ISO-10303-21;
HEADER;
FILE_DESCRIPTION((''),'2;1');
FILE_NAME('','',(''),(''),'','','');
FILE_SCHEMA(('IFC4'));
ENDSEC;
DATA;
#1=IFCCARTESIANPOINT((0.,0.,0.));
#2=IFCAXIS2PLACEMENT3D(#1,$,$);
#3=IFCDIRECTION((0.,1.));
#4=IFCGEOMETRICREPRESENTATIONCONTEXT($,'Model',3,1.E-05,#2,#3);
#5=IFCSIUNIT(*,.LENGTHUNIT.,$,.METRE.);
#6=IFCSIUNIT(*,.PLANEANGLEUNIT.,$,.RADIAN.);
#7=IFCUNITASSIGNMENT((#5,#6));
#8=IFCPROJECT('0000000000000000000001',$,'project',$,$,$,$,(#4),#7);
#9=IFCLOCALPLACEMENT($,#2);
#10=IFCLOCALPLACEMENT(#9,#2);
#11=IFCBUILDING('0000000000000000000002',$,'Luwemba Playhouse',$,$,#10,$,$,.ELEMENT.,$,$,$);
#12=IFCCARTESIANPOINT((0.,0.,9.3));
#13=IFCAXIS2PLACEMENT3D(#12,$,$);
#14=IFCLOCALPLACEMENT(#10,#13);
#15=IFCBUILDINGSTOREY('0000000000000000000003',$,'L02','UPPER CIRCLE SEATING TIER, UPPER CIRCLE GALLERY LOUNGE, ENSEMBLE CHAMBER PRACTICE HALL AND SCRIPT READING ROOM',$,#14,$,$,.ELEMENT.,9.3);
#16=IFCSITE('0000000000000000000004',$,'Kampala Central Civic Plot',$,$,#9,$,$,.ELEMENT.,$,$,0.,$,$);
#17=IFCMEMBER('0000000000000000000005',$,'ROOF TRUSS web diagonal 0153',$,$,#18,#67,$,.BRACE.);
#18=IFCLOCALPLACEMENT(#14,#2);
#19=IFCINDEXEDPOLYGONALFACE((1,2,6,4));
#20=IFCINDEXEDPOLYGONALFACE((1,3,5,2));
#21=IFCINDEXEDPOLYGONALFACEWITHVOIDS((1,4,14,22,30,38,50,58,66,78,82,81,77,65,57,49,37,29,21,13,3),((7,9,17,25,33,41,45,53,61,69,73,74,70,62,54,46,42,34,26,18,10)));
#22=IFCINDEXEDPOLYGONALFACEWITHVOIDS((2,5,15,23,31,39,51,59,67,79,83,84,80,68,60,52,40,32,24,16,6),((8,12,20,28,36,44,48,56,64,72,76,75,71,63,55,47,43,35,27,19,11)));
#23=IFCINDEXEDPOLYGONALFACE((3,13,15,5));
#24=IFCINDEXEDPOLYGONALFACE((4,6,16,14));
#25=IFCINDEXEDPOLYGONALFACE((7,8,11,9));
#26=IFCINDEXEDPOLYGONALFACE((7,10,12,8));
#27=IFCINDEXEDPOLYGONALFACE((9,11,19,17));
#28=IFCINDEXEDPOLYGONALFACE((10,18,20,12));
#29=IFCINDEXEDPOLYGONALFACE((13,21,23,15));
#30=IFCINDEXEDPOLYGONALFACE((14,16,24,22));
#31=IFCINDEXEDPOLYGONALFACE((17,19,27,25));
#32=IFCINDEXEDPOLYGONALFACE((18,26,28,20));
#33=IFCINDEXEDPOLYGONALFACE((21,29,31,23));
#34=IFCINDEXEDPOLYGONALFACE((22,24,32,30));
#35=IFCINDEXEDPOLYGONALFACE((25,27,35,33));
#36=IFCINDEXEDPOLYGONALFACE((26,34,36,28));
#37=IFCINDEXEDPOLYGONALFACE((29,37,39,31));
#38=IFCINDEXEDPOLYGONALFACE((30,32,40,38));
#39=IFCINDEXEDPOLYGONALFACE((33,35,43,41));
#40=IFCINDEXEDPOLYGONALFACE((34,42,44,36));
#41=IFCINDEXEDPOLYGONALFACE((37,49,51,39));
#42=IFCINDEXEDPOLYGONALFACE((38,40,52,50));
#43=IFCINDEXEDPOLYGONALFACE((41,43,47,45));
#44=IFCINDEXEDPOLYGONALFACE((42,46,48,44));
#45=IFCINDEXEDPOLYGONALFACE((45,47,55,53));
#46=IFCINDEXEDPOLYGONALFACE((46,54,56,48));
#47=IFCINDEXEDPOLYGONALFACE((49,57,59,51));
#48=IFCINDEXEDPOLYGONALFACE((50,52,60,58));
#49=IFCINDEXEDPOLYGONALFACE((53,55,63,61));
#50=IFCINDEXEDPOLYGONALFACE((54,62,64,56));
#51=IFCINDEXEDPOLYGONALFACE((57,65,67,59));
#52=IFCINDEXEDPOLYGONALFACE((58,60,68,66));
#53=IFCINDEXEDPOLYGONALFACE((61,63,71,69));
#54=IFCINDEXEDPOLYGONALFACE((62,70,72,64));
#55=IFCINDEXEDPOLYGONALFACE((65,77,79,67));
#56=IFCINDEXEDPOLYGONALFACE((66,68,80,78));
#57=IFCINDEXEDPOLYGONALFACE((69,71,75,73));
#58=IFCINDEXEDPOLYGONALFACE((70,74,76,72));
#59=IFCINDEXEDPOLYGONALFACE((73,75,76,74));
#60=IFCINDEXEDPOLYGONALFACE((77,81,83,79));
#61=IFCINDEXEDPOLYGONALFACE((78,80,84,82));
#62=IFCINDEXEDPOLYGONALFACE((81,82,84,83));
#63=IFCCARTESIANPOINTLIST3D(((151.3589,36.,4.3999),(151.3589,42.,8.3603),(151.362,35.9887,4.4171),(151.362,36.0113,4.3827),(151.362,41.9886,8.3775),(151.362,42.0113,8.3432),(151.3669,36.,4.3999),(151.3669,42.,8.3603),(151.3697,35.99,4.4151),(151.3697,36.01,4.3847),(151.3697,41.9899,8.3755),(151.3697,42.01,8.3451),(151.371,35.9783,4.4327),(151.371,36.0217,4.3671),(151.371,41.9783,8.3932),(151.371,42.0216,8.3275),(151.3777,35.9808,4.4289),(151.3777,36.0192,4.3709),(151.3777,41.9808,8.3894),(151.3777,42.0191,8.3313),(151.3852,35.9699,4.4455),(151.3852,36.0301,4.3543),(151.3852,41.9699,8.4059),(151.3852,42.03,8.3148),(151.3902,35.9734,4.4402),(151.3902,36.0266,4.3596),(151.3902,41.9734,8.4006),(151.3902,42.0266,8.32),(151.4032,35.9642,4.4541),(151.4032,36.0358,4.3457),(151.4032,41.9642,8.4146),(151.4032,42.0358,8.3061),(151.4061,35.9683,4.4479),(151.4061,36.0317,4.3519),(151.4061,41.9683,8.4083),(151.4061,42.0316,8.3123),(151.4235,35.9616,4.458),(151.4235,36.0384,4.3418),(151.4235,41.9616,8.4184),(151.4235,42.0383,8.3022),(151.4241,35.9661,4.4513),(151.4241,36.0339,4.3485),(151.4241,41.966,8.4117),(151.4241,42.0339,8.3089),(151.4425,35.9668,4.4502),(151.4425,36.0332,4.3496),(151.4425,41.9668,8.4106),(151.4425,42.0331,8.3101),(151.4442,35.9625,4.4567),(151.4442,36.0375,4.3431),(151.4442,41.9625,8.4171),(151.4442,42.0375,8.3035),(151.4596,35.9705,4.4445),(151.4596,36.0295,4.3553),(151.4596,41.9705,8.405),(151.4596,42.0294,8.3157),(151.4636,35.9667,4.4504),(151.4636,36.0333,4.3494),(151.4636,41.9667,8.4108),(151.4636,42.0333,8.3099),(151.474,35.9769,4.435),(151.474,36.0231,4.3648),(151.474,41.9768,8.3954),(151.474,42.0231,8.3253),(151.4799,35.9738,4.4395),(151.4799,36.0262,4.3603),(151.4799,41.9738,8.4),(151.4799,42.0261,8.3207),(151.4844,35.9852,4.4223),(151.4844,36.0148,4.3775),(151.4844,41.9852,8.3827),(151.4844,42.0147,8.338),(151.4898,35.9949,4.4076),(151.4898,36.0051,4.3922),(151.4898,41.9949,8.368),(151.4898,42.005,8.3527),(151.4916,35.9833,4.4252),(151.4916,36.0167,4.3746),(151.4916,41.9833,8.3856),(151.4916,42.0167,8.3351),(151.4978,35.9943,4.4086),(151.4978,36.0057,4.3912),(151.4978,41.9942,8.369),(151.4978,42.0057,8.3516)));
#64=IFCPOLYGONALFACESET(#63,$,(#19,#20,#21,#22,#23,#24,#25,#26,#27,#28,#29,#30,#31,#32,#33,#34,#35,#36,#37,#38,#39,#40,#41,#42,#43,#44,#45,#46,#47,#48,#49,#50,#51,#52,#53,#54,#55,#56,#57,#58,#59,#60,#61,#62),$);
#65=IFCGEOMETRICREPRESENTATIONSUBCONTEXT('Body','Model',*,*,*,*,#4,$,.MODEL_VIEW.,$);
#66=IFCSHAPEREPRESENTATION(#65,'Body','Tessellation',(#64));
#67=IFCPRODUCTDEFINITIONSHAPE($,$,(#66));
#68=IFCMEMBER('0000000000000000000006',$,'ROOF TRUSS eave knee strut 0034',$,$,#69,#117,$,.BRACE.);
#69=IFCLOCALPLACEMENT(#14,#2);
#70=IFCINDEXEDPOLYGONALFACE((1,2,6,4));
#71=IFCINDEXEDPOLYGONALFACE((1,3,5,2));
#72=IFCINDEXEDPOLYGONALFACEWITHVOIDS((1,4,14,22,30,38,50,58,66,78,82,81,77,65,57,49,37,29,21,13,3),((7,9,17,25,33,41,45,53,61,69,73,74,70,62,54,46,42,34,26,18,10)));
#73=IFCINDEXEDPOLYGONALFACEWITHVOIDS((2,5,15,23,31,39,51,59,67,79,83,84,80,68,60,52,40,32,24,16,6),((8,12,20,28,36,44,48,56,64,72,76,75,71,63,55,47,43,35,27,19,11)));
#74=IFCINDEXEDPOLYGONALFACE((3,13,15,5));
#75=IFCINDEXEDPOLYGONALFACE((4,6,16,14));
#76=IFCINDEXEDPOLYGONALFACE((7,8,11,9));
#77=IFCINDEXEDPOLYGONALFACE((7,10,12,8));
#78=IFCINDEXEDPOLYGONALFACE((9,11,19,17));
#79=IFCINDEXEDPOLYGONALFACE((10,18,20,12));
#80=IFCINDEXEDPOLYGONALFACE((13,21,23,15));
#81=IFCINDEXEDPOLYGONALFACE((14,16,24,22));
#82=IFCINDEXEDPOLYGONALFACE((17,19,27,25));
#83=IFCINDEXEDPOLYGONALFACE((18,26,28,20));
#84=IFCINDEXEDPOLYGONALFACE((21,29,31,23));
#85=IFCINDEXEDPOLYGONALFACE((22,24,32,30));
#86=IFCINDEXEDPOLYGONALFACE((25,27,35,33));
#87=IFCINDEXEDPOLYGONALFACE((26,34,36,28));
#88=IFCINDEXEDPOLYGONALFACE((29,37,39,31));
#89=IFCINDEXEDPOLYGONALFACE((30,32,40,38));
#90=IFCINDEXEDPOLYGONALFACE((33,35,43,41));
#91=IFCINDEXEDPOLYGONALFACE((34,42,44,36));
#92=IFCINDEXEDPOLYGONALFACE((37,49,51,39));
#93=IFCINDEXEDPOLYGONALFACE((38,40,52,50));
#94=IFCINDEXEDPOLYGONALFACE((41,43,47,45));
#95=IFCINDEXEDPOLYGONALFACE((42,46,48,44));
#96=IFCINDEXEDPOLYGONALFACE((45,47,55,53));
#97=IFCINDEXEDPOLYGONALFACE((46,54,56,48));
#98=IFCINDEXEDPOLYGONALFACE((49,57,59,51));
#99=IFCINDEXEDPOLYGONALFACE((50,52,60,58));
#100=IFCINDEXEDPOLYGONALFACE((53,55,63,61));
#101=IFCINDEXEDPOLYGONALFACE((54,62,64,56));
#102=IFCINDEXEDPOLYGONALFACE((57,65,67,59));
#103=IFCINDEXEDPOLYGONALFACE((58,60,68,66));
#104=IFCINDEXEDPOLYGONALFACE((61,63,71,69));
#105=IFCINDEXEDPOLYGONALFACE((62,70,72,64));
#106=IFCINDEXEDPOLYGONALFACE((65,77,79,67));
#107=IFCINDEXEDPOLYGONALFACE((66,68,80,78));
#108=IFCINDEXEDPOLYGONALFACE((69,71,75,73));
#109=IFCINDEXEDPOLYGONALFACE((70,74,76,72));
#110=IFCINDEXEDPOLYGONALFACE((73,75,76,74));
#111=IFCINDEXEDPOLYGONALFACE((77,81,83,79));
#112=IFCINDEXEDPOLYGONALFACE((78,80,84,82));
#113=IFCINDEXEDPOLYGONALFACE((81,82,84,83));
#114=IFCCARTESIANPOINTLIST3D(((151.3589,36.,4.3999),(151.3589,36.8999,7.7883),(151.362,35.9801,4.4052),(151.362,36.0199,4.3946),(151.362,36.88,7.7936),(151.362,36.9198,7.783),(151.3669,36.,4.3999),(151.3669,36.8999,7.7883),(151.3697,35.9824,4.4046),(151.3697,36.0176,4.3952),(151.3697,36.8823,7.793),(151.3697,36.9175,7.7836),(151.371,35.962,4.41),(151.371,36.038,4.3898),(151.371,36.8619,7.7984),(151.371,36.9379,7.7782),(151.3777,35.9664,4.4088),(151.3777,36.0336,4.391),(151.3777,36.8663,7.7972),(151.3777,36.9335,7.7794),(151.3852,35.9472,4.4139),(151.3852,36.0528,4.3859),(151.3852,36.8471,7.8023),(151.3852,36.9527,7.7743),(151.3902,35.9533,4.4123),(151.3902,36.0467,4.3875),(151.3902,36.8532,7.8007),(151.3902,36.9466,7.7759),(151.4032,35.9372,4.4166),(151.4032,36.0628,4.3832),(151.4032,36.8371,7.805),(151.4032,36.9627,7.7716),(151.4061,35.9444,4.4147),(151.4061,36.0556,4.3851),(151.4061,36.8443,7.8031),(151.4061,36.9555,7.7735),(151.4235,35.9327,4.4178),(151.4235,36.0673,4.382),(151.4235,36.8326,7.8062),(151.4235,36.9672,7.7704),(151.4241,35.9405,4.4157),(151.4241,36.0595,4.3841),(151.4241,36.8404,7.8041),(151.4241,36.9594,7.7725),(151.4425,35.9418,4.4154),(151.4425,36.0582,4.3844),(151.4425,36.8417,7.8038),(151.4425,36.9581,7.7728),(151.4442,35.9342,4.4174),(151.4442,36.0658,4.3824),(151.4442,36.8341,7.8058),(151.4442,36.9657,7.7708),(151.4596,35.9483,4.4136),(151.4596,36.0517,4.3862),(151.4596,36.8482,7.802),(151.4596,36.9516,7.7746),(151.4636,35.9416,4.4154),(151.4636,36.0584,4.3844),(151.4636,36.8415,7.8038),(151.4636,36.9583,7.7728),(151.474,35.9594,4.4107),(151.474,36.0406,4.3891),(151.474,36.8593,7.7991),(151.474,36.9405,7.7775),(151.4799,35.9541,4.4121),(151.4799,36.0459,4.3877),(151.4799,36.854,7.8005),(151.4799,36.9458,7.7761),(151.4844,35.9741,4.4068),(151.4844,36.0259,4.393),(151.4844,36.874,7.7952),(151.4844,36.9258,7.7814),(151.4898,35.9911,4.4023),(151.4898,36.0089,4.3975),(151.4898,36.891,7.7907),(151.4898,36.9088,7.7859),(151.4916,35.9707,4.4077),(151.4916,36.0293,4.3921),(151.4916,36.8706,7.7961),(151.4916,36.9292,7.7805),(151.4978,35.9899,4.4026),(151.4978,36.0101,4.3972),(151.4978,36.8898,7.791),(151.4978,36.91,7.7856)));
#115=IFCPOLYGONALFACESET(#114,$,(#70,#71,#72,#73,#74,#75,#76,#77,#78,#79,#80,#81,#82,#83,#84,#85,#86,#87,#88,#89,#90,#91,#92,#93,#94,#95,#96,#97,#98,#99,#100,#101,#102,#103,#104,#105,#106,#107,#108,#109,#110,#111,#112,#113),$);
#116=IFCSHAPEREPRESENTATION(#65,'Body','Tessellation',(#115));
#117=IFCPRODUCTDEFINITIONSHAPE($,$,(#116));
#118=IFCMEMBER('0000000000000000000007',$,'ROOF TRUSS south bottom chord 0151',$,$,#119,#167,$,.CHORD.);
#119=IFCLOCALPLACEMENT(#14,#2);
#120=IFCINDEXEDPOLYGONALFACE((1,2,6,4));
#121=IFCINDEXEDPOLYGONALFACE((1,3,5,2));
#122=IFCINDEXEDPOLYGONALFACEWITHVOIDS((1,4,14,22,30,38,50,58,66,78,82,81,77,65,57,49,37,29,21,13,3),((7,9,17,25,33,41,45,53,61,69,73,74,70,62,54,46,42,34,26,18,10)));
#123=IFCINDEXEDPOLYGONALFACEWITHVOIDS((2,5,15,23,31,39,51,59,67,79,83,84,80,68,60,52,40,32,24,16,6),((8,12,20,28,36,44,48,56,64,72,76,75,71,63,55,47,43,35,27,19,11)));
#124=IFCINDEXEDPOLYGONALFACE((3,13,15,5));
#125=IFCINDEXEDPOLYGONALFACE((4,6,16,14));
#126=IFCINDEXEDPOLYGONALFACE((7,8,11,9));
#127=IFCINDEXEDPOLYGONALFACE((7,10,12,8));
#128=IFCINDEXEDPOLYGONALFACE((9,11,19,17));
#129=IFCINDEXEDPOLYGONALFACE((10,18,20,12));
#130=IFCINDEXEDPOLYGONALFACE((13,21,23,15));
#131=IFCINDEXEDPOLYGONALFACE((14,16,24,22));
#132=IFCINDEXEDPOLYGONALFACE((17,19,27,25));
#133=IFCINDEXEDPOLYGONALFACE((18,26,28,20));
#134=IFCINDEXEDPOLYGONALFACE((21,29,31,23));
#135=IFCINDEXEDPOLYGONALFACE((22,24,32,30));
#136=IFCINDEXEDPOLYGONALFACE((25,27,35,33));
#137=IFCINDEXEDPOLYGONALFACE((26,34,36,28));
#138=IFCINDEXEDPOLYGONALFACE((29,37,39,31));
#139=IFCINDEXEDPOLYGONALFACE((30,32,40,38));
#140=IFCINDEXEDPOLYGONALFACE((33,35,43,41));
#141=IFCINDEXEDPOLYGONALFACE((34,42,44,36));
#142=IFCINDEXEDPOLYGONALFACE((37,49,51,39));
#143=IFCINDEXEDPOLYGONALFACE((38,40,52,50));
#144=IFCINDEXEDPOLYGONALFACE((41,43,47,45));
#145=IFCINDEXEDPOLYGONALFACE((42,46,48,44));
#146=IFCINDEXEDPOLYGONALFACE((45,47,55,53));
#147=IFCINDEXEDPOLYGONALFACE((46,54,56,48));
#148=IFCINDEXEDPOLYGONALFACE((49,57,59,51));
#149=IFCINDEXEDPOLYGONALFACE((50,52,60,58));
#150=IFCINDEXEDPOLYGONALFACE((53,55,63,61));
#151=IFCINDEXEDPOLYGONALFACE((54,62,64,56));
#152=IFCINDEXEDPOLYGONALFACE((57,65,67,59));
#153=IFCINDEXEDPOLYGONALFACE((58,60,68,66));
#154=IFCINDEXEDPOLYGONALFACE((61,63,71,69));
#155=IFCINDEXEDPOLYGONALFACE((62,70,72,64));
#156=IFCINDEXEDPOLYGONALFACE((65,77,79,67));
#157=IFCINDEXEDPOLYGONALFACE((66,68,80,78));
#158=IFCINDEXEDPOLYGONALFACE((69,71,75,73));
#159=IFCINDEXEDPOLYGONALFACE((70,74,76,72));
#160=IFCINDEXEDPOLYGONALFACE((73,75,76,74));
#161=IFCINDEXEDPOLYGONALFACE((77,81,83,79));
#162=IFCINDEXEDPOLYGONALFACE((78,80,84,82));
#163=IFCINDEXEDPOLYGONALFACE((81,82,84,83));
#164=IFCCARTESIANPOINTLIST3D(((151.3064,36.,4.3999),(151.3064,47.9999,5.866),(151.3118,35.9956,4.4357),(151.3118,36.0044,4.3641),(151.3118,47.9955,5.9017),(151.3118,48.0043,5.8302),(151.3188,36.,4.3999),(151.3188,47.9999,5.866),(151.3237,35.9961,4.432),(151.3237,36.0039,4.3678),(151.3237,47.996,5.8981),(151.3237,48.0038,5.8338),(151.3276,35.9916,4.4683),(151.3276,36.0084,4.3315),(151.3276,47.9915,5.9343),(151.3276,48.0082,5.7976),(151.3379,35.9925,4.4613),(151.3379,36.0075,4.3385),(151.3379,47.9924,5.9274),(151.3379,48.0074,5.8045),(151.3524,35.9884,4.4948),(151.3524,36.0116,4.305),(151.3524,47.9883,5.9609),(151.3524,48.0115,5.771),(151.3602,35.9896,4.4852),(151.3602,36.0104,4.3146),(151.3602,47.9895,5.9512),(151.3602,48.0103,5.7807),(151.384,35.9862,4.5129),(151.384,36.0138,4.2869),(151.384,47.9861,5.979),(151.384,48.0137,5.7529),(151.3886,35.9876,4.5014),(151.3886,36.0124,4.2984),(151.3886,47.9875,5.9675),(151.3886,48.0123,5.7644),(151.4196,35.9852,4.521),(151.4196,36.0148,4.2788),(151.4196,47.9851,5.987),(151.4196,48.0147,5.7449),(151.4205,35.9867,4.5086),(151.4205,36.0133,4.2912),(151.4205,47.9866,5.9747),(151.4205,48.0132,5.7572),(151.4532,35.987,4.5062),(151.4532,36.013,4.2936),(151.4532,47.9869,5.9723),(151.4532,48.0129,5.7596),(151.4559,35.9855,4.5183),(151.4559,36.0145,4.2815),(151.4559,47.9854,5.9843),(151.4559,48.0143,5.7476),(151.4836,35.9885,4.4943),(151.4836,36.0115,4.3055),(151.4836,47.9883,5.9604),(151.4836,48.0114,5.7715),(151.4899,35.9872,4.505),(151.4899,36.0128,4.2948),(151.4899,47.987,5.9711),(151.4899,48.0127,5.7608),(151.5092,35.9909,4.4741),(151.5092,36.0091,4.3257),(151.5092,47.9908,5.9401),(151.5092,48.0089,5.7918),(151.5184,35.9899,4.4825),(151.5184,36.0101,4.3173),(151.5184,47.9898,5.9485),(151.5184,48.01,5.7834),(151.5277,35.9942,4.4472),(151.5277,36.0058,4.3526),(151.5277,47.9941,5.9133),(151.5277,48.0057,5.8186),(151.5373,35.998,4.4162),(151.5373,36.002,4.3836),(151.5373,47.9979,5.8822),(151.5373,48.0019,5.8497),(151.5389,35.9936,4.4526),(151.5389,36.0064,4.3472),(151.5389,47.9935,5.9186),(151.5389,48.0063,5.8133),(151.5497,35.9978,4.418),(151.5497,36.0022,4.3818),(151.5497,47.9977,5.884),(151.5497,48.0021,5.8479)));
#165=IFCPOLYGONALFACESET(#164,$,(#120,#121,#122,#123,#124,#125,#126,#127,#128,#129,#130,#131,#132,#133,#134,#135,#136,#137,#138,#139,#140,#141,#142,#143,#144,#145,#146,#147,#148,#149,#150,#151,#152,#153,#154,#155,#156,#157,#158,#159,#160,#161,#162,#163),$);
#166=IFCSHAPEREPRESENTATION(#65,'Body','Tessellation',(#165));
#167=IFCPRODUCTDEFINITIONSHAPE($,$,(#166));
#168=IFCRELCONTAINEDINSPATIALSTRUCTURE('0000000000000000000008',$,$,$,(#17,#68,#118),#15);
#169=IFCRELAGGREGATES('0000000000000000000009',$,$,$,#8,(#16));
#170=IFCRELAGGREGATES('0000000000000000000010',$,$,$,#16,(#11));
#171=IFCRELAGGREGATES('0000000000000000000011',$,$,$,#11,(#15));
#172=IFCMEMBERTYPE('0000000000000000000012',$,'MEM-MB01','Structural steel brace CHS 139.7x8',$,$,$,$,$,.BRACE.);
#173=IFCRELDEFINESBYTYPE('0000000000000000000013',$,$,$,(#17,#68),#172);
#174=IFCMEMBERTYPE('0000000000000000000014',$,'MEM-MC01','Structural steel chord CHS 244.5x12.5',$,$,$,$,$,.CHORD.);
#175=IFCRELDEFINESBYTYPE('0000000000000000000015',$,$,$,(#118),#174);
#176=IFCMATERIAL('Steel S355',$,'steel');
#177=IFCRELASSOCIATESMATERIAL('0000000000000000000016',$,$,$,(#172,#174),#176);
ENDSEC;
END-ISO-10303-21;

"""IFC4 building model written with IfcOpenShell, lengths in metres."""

from ifc_helpers import new_model, si_unit, direction, frame, origin, origin_2d, place, context, subcontext, project, spatial, hollow_circle, extrude, material, material_profile, profile_set, type_object, element, save


model = new_model("IFC4")

# Units and contexts
model_context = context("Model", 3, precision=1e-05, world=origin(), true_north=direction((0.0, 1.0)))
body_context = subcontext(model_context, "Body", "Model", "MODEL_VIEW")
ifc_project = project(units=[si_unit("LENGTHUNIT", "METRE"), si_unit("PLANEANGLEUNIT", "RADIAN")], contexts=[model_context])

# Site, building, storey
site_placement = place(None, origin())
site = spatial("IfcSite", under=ifc_project, at=site_placement, Name="Kampala Central Civic Plot", CompositionType="ELEMENT", RefElevation=0.0)
building_placement = place(site_placement, origin())
building = spatial("IfcBuilding", under=site, at=building_placement, Name="Luwemba Playhouse", CompositionType="ELEMENT")
storey_placement = place(building_placement, frame((0.0, 0.0, 9.3)))
storey = spatial("IfcBuildingStorey", under=building, at=storey_placement, Name="L02", Description="UPPER CIRCLE SEATING TIER, UPPER CIRCLE GALLERY LOUNGE, ENSEMBLE CHAMBER PRACTICE HALL AND SCRIPT READING ROOM", CompositionType="ELEMENT", Elevation=9.3)

# Shared definitions
ifc_material_1 = material(Name="Steel S355", Category="steel")

# Members
ifc_material_profile_1 = material_profile(ifc_material_1, hollow_circle(Radius=0.0698, WallThickness=0.0081, at=origin_2d()))
ifc_profile_set_1 = profile_set([ifc_material_profile_1], Name="Steel S355")
member_type_1 = type_object("IfcMemberType", Name="MEM-MB01", Description="Structural steel brace CHS 139.7x8", PredefinedType="BRACE", material=ifc_profile_set_1)
member_1_placement = place(storey_placement, frame((151.4287, 36.0, 4.3999), z_axis=(0.0, 0.834581, 0.550886), x_axis=(-1.0, 0.0, 0.0)))
element("IfcMember", 1, at=member_1_placement, inside=storey, type_object=member_type_1, Name="ROOF TRUSS web diagonal 0153", PredefinedType="BRACE", context=body_context, shape_type="SweptSolid", body=[
    extrude(hollow_circle(Radius=0.0698, WallThickness=0.0081, at=origin_2d()), origin(), (0.0, 0.0, 1.0), 7.1892),
])
member_2_placement = place(storey_placement, frame((151.4287, 36.0, 4.3999), z_axis=(0.0, 0.256683, 0.966496), x_axis=(-1.0, 0.0, 0.0)))
element("IfcMember", 2, at=member_2_placement, inside=storey, type_object=member_type_1, Name="ROOF TRUSS eave knee strut 0034", PredefinedType="BRACE", context=body_context, shape_type="SweptSolid", body=[
    extrude(hollow_circle(Radius=0.0698, WallThickness=0.0081, at=origin_2d()), origin(), (0.0, 0.0, 1.0), 3.5059),
])
ifc_material_profile_2 = material_profile(ifc_material_1, hollow_circle(Radius=0.1223, WallThickness=0.0125, at=origin_2d()))
ifc_profile_set_2 = profile_set([ifc_material_profile_2], Name="Steel S355")
member_type_2 = type_object("IfcMemberType", Name="MEM-MC01", Description="Structural steel chord CHS 244.5x12.5", PredefinedType="CHORD", material=ifc_profile_set_2)
member_3_placement = place(storey_placement, frame((151.4287, 36.0, 4.3999), z_axis=(0.0, 0.99262, 0.12127), x_axis=(-1.0, 0.0, 0.0)))
element("IfcMember", 3, at=member_3_placement, inside=storey, type_object=member_type_2, Name="ROOF TRUSS south bottom chord 0151", PredefinedType="CHORD", context=body_context, shape_type="SweptSolid", body=[
    extrude(hollow_circle(Radius=0.1223, WallThickness=0.0125, at=origin_2d()), origin(), (0.0, 0.0, 1.0), 12.0891),
])

save(model, "model.ifc")
